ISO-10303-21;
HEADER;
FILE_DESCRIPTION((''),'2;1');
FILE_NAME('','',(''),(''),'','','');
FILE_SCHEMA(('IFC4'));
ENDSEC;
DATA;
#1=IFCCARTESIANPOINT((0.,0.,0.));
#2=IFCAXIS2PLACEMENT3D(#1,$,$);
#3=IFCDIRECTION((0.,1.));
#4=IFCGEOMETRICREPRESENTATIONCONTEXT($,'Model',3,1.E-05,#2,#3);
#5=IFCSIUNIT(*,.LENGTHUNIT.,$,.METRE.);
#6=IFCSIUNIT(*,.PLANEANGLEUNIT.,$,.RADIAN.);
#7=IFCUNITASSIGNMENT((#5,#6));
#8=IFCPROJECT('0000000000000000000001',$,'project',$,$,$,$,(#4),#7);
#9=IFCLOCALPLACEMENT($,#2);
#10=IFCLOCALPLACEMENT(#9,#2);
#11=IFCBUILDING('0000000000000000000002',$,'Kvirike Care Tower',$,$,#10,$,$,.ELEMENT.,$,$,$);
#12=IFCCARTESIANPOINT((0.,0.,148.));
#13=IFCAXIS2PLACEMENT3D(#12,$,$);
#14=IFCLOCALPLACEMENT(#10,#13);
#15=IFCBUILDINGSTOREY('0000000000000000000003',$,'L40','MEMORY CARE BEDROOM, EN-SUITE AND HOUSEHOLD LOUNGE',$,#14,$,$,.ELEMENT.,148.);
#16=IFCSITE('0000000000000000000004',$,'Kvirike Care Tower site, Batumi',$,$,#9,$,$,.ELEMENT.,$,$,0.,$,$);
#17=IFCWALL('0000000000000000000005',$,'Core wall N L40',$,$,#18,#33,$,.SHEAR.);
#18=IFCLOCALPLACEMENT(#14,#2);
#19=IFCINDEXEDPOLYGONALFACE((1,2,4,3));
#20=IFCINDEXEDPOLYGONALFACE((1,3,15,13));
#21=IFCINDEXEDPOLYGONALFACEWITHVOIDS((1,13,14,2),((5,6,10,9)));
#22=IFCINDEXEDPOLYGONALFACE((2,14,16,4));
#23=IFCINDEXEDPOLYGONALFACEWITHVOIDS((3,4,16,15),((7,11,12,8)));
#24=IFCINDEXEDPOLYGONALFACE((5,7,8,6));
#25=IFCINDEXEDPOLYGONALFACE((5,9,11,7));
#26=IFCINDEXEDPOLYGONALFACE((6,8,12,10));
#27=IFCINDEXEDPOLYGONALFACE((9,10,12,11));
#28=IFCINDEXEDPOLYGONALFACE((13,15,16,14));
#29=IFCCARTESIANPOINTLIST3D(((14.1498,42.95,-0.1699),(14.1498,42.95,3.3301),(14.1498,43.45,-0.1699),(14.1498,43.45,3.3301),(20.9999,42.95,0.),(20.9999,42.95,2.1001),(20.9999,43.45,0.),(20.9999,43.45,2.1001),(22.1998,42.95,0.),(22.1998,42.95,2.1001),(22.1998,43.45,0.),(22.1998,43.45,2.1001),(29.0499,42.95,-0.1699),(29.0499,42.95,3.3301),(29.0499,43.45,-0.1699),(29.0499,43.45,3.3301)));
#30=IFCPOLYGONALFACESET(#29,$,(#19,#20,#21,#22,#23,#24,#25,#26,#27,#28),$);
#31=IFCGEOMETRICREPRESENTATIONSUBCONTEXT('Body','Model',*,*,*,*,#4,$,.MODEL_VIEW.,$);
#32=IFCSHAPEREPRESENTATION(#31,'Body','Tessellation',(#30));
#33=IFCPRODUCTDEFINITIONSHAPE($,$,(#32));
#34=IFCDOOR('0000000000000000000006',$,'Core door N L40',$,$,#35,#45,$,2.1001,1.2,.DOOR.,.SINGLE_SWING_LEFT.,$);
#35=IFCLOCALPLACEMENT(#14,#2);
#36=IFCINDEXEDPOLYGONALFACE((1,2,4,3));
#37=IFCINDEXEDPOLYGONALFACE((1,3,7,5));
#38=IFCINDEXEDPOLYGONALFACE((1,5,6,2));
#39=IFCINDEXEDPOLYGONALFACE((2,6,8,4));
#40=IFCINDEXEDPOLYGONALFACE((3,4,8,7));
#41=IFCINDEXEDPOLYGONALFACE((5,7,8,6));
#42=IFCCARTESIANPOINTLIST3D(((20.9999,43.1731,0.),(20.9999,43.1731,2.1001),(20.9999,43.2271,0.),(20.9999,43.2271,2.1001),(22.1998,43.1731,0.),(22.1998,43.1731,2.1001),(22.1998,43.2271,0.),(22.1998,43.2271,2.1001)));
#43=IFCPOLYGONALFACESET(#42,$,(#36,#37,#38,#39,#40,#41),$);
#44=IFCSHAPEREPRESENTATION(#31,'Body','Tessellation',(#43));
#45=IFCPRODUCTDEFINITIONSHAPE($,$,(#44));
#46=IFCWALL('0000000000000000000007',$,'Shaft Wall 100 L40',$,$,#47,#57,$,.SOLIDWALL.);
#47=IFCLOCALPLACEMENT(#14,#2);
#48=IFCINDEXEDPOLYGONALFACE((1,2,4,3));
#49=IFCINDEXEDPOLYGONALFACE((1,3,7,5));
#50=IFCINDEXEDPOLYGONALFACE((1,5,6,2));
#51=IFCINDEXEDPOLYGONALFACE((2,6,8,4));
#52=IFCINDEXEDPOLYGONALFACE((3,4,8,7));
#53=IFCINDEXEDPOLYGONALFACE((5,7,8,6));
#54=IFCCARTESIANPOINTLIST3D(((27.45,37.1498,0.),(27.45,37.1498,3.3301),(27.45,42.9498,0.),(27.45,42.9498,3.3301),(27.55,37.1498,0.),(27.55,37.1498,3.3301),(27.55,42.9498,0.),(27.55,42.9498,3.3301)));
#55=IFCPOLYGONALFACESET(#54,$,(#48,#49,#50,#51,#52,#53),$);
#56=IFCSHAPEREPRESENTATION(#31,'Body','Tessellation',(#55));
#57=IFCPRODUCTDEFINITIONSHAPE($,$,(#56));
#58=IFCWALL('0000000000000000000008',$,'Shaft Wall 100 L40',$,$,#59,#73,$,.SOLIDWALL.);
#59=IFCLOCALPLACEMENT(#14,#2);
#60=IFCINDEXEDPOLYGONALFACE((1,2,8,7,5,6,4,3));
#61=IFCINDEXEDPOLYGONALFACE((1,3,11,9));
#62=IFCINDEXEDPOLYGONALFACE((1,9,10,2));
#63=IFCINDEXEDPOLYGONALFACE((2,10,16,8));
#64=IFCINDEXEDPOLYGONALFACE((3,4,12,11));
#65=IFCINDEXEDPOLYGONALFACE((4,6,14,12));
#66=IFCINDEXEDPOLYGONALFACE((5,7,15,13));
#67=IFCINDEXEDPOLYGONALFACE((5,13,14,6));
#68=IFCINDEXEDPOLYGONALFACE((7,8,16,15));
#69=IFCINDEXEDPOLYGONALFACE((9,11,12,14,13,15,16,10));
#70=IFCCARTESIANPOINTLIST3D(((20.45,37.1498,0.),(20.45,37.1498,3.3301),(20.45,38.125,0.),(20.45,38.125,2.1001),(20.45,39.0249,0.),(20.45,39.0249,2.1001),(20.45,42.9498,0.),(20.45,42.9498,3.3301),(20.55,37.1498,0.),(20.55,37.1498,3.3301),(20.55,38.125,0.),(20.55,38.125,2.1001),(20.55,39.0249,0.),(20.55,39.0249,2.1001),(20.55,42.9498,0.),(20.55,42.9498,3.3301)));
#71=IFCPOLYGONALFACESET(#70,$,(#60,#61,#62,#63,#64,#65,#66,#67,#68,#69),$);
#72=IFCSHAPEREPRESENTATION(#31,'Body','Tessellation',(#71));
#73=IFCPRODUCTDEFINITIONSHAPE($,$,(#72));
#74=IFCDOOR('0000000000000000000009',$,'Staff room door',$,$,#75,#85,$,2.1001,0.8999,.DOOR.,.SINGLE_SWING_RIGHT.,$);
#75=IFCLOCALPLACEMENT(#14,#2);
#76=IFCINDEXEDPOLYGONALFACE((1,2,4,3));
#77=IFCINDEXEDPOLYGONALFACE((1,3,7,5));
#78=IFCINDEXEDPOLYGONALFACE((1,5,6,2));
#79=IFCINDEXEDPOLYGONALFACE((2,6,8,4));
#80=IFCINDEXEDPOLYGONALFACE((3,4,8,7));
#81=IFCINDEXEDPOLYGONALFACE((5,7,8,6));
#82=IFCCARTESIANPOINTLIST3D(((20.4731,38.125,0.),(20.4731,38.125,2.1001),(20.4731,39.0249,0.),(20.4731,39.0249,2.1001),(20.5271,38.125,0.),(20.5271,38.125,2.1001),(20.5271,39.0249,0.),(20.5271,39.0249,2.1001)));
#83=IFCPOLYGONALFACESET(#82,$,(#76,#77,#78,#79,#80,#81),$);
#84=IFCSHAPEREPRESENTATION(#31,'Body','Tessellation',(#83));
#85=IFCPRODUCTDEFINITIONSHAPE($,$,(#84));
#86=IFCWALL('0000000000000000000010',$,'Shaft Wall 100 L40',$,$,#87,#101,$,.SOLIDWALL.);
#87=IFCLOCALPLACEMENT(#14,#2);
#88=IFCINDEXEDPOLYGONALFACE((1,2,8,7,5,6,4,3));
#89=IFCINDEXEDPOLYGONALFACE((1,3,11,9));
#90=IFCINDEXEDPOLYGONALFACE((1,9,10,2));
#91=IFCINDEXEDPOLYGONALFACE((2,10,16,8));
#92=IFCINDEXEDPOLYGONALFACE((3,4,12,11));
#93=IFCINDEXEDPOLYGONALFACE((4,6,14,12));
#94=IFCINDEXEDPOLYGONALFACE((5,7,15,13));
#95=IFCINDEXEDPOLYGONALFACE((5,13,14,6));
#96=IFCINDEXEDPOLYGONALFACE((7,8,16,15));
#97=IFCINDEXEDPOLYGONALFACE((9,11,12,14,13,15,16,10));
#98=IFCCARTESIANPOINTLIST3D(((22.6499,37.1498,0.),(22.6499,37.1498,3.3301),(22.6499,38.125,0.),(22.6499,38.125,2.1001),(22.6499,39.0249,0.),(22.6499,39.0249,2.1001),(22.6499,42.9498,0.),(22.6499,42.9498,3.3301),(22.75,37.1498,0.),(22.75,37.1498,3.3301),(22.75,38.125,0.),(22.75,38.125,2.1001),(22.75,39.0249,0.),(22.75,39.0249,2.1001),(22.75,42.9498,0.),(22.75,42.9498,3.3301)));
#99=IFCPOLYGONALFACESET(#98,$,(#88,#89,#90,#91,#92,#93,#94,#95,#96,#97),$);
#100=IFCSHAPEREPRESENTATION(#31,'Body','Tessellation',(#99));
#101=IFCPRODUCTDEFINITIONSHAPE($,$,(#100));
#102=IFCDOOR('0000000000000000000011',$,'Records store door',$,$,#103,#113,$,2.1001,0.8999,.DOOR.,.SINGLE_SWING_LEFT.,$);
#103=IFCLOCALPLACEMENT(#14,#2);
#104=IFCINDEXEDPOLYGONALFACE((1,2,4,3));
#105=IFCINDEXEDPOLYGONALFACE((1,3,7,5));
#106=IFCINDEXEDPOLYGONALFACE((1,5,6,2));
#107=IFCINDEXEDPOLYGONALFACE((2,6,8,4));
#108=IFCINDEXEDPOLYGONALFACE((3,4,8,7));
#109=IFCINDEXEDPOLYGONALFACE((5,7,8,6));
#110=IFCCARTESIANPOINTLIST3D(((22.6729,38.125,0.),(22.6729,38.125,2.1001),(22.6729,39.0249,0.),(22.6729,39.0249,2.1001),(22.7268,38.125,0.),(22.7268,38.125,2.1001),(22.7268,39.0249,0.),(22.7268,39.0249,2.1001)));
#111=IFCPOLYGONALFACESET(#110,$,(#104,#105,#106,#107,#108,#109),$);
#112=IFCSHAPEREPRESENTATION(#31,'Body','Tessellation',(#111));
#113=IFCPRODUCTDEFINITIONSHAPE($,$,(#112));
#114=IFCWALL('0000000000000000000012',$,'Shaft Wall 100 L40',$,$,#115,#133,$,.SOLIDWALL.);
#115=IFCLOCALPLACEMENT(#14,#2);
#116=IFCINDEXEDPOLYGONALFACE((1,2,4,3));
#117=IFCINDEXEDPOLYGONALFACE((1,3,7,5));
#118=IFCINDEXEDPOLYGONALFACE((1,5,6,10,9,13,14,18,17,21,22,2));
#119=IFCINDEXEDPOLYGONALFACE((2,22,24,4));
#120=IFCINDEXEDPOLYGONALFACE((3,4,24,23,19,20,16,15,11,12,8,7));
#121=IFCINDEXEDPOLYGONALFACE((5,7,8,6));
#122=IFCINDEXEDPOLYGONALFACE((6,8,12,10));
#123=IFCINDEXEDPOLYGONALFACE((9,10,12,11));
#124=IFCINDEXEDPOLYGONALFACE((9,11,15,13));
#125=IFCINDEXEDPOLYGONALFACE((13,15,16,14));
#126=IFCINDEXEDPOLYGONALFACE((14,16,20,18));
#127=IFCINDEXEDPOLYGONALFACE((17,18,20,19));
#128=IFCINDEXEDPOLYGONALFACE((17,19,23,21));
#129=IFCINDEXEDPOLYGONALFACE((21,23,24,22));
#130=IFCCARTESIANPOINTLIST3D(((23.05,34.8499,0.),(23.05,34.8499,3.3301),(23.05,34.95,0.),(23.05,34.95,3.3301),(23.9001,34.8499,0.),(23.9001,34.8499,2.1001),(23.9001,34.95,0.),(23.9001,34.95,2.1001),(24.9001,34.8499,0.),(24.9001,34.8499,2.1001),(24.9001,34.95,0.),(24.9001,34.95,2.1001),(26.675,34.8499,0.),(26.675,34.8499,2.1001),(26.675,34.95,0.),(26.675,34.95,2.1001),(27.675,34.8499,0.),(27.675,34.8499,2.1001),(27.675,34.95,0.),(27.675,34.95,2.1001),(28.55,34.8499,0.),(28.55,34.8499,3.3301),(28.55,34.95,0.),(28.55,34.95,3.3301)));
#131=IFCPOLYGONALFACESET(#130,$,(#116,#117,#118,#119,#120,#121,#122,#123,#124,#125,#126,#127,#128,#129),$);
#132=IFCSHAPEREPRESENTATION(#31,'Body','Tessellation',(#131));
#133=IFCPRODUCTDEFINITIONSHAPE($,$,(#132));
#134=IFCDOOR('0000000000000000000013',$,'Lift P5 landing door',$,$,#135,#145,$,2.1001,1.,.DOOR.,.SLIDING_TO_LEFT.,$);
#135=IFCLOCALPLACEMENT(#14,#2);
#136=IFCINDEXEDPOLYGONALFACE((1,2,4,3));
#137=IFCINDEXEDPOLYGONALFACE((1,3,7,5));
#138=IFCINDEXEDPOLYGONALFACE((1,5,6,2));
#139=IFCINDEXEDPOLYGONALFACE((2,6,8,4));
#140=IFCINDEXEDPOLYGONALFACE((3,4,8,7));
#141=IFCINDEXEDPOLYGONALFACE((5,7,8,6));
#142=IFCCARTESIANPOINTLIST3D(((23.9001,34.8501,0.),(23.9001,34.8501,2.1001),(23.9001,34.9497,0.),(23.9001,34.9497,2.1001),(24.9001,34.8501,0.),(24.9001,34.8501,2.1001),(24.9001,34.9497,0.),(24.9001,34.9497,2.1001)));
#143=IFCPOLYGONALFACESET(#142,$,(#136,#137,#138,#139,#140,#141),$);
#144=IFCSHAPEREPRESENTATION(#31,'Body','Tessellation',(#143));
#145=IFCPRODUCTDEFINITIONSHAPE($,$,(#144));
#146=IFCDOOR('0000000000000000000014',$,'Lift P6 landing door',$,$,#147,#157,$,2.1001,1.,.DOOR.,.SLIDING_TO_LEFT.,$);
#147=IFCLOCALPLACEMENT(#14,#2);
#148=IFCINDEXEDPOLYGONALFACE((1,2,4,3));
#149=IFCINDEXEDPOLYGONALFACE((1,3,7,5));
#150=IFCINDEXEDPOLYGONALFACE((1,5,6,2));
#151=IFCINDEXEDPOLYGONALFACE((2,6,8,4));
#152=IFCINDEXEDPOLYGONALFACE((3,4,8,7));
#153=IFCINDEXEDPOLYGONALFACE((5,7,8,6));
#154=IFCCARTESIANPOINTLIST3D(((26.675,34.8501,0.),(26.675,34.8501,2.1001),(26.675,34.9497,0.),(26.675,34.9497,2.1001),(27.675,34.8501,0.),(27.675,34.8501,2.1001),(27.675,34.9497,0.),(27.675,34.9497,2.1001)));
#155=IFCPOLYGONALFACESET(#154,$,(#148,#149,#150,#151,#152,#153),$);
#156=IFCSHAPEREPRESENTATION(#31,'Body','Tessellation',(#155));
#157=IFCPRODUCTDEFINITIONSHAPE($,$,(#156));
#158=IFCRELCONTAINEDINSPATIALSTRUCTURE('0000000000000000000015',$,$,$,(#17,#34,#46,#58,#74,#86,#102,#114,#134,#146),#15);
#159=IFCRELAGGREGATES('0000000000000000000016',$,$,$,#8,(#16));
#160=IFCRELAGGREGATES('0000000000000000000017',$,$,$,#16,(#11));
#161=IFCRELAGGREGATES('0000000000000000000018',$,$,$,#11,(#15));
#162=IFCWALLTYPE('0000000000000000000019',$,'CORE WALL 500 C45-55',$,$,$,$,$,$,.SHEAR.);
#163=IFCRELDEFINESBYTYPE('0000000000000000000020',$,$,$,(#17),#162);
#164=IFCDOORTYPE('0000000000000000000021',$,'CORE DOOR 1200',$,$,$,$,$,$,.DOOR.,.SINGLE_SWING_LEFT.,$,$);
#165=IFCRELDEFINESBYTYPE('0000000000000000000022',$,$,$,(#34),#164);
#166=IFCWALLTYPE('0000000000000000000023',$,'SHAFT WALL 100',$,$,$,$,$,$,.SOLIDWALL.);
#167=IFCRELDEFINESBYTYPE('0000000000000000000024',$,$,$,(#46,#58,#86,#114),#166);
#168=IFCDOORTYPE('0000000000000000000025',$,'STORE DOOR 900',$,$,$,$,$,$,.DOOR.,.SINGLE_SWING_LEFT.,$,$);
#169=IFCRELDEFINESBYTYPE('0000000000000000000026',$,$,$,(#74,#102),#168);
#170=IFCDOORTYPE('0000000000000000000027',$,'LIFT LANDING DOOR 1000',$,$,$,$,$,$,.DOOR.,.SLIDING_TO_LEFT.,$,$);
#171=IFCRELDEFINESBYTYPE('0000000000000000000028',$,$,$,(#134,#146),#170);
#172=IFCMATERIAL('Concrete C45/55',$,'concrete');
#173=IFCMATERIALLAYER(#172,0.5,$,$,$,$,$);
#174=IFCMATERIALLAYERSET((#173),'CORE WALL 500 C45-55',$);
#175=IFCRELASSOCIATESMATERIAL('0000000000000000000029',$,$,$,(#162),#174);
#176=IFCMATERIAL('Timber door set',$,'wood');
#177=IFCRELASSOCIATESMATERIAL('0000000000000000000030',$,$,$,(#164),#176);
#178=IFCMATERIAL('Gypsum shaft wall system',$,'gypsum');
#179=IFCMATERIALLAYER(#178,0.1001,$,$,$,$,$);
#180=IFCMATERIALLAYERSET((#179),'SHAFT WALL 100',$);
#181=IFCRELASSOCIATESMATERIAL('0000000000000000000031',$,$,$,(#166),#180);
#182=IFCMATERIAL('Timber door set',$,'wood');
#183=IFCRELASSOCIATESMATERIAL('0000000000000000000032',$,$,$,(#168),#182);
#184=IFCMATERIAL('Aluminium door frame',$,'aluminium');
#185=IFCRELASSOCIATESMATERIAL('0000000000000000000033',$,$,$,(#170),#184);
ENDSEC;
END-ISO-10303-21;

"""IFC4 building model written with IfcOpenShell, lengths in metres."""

from ifc_helpers import new_model, si_unit, direction, frame, frame_2d, origin, place, context, subcontext, project, spatial, rectangle, extrude, material, layer, layer_set, type_object, element, fill, save


model = new_model("IFC4")

# Units and contexts
model_context = context("Model", 3, precision=1e-05, world=origin(), true_north=direction((0.0, 1.0)))
body_context = subcontext(model_context, "Body", "Model", "MODEL_VIEW")
ifc_project = project(units=[si_unit("LENGTHUNIT", "METRE"), si_unit("PLANEANGLEUNIT", "RADIAN")], contexts=[model_context])

# Site, building, storey
site_placement = place(None, origin())
site = spatial("IfcSite", under=ifc_project, at=site_placement, Name="Kvirike Care Tower site, Batumi", CompositionType="ELEMENT", RefElevation=0.0)
building_placement = place(site_placement, origin())
building = spatial("IfcBuilding", under=site, at=building_placement, Name="Kvirike Care Tower", CompositionType="ELEMENT")
storey_placement = place(building_placement, frame((0.0, 0.0, 148.0)))
storey = spatial("IfcBuildingStorey", under=building, at=storey_placement, Name="L40", Description="MEMORY CARE BEDROOM, EN-SUITE AND HOUSEHOLD LOUNGE", CompositionType="ELEMENT", Elevation=148.0)

# Wall, opening, door
ifc_material_1 = material(Name="Concrete C45/55", Category="concrete")
ifc_layer_1 = layer(ifc_material_1, 0.5)
ifc_layer_set_1 = layer_set([ifc_layer_1], Name="CORE WALL 500 C45-55")
wall_type_1 = type_object("IfcWallType", Name="CORE WALL 500 C45-55", PredefinedType="SHEAR", material=ifc_layer_set_1)
wall_1_placement = place(storey_placement, frame((29.05, 43.2, -0.1699), z_axis=(0.0, 0.0, 1.0), x_axis=(-1.0, 0.0, 0.0)))
wall_1 = element("IfcWall", 1, at=wall_1_placement, inside=storey, type_object=wall_type_1, Name="Core wall N L40", PredefinedType="SHEAR", context=body_context, shape_type="SweptSolid", body=[
    extrude(rectangle(XDim=14.9001, YDim=0.5, at=frame_2d((7.4502, 0.0))), origin(), (0.0, 0.0, 1.0), 3.5),
])
opening_1_placement = place(wall_1_placement, frame((6.8501, 0.0, 0.1699)))
opening_1 = element("IfcOpeningElement", 2, at=opening_1_placement, cuts=wall_1, PredefinedType="OPENING", context=body_context, shape_type="SweptSolid", body=[
    extrude(rectangle(XDim=1.2, YDim=2.1001, at=frame_2d((0.6001, 1.05))), frame((0.0, 0.2605, 0.0), z_axis=(0.0, -1.0, 0.0), x_axis=(1.0, 0.0, 0.0)), (0.0, 0.0, 1.0), 0.521),
])
ifc_material_2 = material(Name="Timber door set", Category="wood")
door_type_1 = type_object("IfcDoorType", Name="CORE DOOR 1200", OperationType="SINGLE_SWING_LEFT", PredefinedType="DOOR", material=ifc_material_2)
door_1_placement = place(opening_1_placement, origin())
door_1 = element("IfcDoor", 3, at=door_1_placement, inside=storey, type_object=door_type_1, Name="Core door N L40", OperationType="SINGLE_SWING_LEFT", OverallHeight=2.1001, OverallWidth=1.2, PredefinedType="DOOR", context=body_context, shape_type="SweptSolid", body=[
    extrude(rectangle(XDim=1.2, YDim=2.1001, at=frame_2d((0.6001, 1.05))), frame((0.0, 0.0269, 0.0), z_axis=(0.0, -1.0, 0.0), x_axis=(1.0, 0.0, 0.0)), (0.0, 0.0, 1.0), 0.054),
])
fill(opening_1, door_1)

# Wall
ifc_material_3 = material(Name="Gypsum shaft wall system", Category="gypsum")
ifc_layer_2 = layer(ifc_material_3, 0.1001)
ifc_layer_set_2 = layer_set([ifc_layer_2], Name="SHAFT WALL 100")
wall_type_2 = type_object("IfcWallType", Name="SHAFT WALL 100", PredefinedType="SOLIDWALL", material=ifc_layer_set_2)
wall_2_placement = place(storey_placement, frame((27.5, 37.1499, 0.0), z_axis=(0.0, 0.0, 1.0), x_axis=(0.0, 1.0, 0.0)))
element("IfcWall", 4, at=wall_2_placement, inside=storey, type_object=wall_type_2, Name="Shaft Wall 100 L40", PredefinedType="SOLIDWALL", context=body_context, shape_type="SweptSolid", body=[
    extrude(rectangle(XDim=5.8, YDim=0.1001, at=frame_2d((2.8999, 0.0))), origin(), (0.0, 0.0, 1.0), 3.3301),
])

# Walls, openings, doors
wall_3_placement = place(storey_placement, frame((20.5, 37.1499, 0.0), z_axis=(0.0, 0.0, 1.0), x_axis=(0.0, 1.0, 0.0)))
wall_3 = element("IfcWall", 5, at=wall_3_placement, inside=storey, type_object=wall_type_2, Name="Shaft Wall 100 L40", PredefinedType="SOLIDWALL", context=body_context, shape_type="SweptSolid", body=[
    extrude(rectangle(XDim=5.8, YDim=0.1001, at=frame_2d((2.8999, 0.0))), origin(), (0.0, 0.0, 1.0), 3.3301),
])
opening_2_placement = place(wall_3_placement, frame((0.9751, 0.0, 0.0)))
opening_2 = element("IfcOpeningElement", 6, at=opening_2_placement, cuts=wall_3, PredefinedType="OPENING", context=body_context, shape_type="SweptSolid", body=[
    extrude(rectangle(XDim=0.8999, YDim=2.1001, at=frame_2d((0.45, 1.05))), frame((0.0, 0.0605, 0.0), z_axis=(0.0, -1.0, 0.0), x_axis=(1.0, 0.0, 0.0)), (0.0, 0.0, 1.0), 0.1211),
])
ifc_material_4 = material(Name="Timber door set", Category="wood")
door_type_2 = type_object("IfcDoorType", Name="STORE DOOR 900", OperationType="SINGLE_SWING_LEFT", PredefinedType="DOOR", material=ifc_material_4)
door_2_placement = place(opening_2_placement, origin())
door_2 = element("IfcDoor", 7, at=door_2_placement, inside=storey, type_object=door_type_2, Name="Staff room door", OperationType="SINGLE_SWING_RIGHT", OverallHeight=2.1001, OverallWidth=0.8999, PredefinedType="DOOR", context=body_context, shape_type="SweptSolid", body=[
    extrude(rectangle(XDim=0.8999, YDim=2.1001, at=frame_2d((0.45, 1.05))), frame((0.0, 0.0269, 0.0), z_axis=(0.0, -1.0, 0.0), x_axis=(1.0, 0.0, 0.0)), (0.0, 0.0, 1.0), 0.054),
])
fill(opening_2, door_2)
wall_4_placement = place(storey_placement, frame((22.7, 37.1499, 0.0), z_axis=(0.0, 0.0, 1.0), x_axis=(0.0, 1.0, 0.0)))
wall_4 = element("IfcWall", 8, at=wall_4_placement, inside=storey, type_object=wall_type_2, Name="Shaft Wall 100 L40", PredefinedType="SOLIDWALL", context=body_context, shape_type="SweptSolid", body=[
    extrude(rectangle(XDim=5.8, YDim=0.1001, at=frame_2d((2.8999, 0.0))), origin(), (0.0, 0.0, 1.0), 3.3301),
])
opening_3_placement = place(wall_4_placement, frame((0.9751, 0.0, 0.0)))
opening_3 = element("IfcOpeningElement", 9, at=opening_3_placement, cuts=wall_4, PredefinedType="OPENING", context=body_context, shape_type="SweptSolid", body=[
    extrude(rectangle(XDim=0.8999, YDim=2.1001, at=frame_2d((0.45, 1.05))), frame((0.0, 0.0605, 0.0), z_axis=(0.0, -1.0, 0.0), x_axis=(1.0, 0.0, 0.0)), (0.0, 0.0, 1.0), 0.1211),
])
door_3_placement = place(opening_3_placement, frame((0.8999, 0.0, 0.0), z_axis=(0.0, 0.0, 1.0), x_axis=(-1.0, 0.0, 0.0)))
door_3 = element("IfcDoor", 10, at=door_3_placement, inside=storey, type_object=door_type_2, Name="Records store door", OperationType="SINGLE_SWING_LEFT", OverallHeight=2.1001, OverallWidth=0.8999, PredefinedType="DOOR", context=body_context, shape_type="SweptSolid", body=[
    extrude(rectangle(XDim=0.8999, YDim=2.1001, at=frame_2d((0.45, 1.05))), frame((0.0, 0.0269, 0.0), z_axis=(0.0, -1.0, 0.0), x_axis=(1.0, 0.0, 0.0)), (0.0, 0.0, 1.0), 0.054),
])
fill(opening_3, door_3)

# Wall, openings, doors
wall_5_placement = place(storey_placement, frame((23.05, 34.8999, 0.0), z_axis=(0.0, 0.0, 1.0), x_axis=(1.0, 0.0, 0.0)))
wall_5 = element("IfcWall", 11, at=wall_5_placement, inside=storey, type_object=wall_type_2, Name="Shaft Wall 100 L40", PredefinedType="SOLIDWALL", context=body_context, shape_type="SweptSolid", body=[
    extrude(rectangle(XDim=5.5, YDim=0.1001, at=frame_2d((2.75, 0.0))), origin(), (0.0, 0.0, 1.0), 3.3301),
])
opening_4_placement = place(wall_5_placement, frame((0.8501, 0.0, 0.0)))
opening_4 = element("IfcOpeningElement", 12, at=opening_4_placement, cuts=wall_5, PredefinedType="OPENING", context=body_context, shape_type="SweptSolid", body=[
    extrude(rectangle(XDim=1.0, YDim=2.1001, at=frame_2d((0.5, 1.05))), frame((0.0, 0.0605, 0.0), z_axis=(0.0, -1.0, 0.0), x_axis=(1.0, 0.0, 0.0)), (0.0, 0.0, 1.0), 0.1211),
])
opening_5_placement = place(wall_5_placement, frame((3.625, 0.0, 0.0)))
opening_5 = element("IfcOpeningElement", 13, at=opening_5_placement, cuts=wall_5, PredefinedType="OPENING", context=body_context, shape_type="SweptSolid", body=[
    extrude(rectangle(XDim=1.0, YDim=2.1001, at=frame_2d((0.5, 1.05))), frame((0.0, 0.0605, 0.0), z_axis=(0.0, -1.0, 0.0), x_axis=(1.0, 0.0, 0.0)), (0.0, 0.0, 1.0), 0.1211),
])
ifc_material_5 = material(Name="Aluminium door frame", Category="aluminium")
door_type_3 = type_object("IfcDoorType", Name="LIFT LANDING DOOR 1000", OperationType="SLIDING_TO_LEFT", PredefinedType="DOOR", material=ifc_material_5)
door_4_placement = place(opening_4_placement, origin())
door_4 = element("IfcDoor", 14, at=door_4_placement, inside=storey, type_object=door_type_3, Name="Lift P5 landing door", OperationType="SLIDING_TO_LEFT", OverallHeight=2.1001, OverallWidth=1.0, PredefinedType="DOOR", context=body_context, shape_type="SweptSolid", body=[
    extrude(rectangle(XDim=1.0, YDim=2.1001, at=frame_2d((0.5, 1.05))), frame((0.0, 0.0498, 0.0), z_axis=(0.0, -1.0, 0.0), x_axis=(1.0, 0.0, 0.0)), (0.0, 0.0, 1.0), 0.0996),
])
fill(opening_4, door_4)
door_5_placement = place(opening_5_placement, origin())
door_5 = element("IfcDoor", 15, at=door_5_placement, inside=storey, type_object=door_type_3, Name="Lift P6 landing door", OperationType="SLIDING_TO_LEFT", OverallHeight=2.1001, OverallWidth=1.0, PredefinedType="DOOR", context=body_context, shape_type="SweptSolid", body=[
    extrude(rectangle(XDim=1.0, YDim=2.1001, at=frame_2d((0.5, 1.05))), frame((0.0, 0.0498, 0.0), z_axis=(0.0, -1.0, 0.0), x_axis=(1.0, 0.0, 0.0)), (0.0, 0.0, 1.0), 0.0996),
])
fill(opening_5, door_5)

save(model, "model.ifc")
